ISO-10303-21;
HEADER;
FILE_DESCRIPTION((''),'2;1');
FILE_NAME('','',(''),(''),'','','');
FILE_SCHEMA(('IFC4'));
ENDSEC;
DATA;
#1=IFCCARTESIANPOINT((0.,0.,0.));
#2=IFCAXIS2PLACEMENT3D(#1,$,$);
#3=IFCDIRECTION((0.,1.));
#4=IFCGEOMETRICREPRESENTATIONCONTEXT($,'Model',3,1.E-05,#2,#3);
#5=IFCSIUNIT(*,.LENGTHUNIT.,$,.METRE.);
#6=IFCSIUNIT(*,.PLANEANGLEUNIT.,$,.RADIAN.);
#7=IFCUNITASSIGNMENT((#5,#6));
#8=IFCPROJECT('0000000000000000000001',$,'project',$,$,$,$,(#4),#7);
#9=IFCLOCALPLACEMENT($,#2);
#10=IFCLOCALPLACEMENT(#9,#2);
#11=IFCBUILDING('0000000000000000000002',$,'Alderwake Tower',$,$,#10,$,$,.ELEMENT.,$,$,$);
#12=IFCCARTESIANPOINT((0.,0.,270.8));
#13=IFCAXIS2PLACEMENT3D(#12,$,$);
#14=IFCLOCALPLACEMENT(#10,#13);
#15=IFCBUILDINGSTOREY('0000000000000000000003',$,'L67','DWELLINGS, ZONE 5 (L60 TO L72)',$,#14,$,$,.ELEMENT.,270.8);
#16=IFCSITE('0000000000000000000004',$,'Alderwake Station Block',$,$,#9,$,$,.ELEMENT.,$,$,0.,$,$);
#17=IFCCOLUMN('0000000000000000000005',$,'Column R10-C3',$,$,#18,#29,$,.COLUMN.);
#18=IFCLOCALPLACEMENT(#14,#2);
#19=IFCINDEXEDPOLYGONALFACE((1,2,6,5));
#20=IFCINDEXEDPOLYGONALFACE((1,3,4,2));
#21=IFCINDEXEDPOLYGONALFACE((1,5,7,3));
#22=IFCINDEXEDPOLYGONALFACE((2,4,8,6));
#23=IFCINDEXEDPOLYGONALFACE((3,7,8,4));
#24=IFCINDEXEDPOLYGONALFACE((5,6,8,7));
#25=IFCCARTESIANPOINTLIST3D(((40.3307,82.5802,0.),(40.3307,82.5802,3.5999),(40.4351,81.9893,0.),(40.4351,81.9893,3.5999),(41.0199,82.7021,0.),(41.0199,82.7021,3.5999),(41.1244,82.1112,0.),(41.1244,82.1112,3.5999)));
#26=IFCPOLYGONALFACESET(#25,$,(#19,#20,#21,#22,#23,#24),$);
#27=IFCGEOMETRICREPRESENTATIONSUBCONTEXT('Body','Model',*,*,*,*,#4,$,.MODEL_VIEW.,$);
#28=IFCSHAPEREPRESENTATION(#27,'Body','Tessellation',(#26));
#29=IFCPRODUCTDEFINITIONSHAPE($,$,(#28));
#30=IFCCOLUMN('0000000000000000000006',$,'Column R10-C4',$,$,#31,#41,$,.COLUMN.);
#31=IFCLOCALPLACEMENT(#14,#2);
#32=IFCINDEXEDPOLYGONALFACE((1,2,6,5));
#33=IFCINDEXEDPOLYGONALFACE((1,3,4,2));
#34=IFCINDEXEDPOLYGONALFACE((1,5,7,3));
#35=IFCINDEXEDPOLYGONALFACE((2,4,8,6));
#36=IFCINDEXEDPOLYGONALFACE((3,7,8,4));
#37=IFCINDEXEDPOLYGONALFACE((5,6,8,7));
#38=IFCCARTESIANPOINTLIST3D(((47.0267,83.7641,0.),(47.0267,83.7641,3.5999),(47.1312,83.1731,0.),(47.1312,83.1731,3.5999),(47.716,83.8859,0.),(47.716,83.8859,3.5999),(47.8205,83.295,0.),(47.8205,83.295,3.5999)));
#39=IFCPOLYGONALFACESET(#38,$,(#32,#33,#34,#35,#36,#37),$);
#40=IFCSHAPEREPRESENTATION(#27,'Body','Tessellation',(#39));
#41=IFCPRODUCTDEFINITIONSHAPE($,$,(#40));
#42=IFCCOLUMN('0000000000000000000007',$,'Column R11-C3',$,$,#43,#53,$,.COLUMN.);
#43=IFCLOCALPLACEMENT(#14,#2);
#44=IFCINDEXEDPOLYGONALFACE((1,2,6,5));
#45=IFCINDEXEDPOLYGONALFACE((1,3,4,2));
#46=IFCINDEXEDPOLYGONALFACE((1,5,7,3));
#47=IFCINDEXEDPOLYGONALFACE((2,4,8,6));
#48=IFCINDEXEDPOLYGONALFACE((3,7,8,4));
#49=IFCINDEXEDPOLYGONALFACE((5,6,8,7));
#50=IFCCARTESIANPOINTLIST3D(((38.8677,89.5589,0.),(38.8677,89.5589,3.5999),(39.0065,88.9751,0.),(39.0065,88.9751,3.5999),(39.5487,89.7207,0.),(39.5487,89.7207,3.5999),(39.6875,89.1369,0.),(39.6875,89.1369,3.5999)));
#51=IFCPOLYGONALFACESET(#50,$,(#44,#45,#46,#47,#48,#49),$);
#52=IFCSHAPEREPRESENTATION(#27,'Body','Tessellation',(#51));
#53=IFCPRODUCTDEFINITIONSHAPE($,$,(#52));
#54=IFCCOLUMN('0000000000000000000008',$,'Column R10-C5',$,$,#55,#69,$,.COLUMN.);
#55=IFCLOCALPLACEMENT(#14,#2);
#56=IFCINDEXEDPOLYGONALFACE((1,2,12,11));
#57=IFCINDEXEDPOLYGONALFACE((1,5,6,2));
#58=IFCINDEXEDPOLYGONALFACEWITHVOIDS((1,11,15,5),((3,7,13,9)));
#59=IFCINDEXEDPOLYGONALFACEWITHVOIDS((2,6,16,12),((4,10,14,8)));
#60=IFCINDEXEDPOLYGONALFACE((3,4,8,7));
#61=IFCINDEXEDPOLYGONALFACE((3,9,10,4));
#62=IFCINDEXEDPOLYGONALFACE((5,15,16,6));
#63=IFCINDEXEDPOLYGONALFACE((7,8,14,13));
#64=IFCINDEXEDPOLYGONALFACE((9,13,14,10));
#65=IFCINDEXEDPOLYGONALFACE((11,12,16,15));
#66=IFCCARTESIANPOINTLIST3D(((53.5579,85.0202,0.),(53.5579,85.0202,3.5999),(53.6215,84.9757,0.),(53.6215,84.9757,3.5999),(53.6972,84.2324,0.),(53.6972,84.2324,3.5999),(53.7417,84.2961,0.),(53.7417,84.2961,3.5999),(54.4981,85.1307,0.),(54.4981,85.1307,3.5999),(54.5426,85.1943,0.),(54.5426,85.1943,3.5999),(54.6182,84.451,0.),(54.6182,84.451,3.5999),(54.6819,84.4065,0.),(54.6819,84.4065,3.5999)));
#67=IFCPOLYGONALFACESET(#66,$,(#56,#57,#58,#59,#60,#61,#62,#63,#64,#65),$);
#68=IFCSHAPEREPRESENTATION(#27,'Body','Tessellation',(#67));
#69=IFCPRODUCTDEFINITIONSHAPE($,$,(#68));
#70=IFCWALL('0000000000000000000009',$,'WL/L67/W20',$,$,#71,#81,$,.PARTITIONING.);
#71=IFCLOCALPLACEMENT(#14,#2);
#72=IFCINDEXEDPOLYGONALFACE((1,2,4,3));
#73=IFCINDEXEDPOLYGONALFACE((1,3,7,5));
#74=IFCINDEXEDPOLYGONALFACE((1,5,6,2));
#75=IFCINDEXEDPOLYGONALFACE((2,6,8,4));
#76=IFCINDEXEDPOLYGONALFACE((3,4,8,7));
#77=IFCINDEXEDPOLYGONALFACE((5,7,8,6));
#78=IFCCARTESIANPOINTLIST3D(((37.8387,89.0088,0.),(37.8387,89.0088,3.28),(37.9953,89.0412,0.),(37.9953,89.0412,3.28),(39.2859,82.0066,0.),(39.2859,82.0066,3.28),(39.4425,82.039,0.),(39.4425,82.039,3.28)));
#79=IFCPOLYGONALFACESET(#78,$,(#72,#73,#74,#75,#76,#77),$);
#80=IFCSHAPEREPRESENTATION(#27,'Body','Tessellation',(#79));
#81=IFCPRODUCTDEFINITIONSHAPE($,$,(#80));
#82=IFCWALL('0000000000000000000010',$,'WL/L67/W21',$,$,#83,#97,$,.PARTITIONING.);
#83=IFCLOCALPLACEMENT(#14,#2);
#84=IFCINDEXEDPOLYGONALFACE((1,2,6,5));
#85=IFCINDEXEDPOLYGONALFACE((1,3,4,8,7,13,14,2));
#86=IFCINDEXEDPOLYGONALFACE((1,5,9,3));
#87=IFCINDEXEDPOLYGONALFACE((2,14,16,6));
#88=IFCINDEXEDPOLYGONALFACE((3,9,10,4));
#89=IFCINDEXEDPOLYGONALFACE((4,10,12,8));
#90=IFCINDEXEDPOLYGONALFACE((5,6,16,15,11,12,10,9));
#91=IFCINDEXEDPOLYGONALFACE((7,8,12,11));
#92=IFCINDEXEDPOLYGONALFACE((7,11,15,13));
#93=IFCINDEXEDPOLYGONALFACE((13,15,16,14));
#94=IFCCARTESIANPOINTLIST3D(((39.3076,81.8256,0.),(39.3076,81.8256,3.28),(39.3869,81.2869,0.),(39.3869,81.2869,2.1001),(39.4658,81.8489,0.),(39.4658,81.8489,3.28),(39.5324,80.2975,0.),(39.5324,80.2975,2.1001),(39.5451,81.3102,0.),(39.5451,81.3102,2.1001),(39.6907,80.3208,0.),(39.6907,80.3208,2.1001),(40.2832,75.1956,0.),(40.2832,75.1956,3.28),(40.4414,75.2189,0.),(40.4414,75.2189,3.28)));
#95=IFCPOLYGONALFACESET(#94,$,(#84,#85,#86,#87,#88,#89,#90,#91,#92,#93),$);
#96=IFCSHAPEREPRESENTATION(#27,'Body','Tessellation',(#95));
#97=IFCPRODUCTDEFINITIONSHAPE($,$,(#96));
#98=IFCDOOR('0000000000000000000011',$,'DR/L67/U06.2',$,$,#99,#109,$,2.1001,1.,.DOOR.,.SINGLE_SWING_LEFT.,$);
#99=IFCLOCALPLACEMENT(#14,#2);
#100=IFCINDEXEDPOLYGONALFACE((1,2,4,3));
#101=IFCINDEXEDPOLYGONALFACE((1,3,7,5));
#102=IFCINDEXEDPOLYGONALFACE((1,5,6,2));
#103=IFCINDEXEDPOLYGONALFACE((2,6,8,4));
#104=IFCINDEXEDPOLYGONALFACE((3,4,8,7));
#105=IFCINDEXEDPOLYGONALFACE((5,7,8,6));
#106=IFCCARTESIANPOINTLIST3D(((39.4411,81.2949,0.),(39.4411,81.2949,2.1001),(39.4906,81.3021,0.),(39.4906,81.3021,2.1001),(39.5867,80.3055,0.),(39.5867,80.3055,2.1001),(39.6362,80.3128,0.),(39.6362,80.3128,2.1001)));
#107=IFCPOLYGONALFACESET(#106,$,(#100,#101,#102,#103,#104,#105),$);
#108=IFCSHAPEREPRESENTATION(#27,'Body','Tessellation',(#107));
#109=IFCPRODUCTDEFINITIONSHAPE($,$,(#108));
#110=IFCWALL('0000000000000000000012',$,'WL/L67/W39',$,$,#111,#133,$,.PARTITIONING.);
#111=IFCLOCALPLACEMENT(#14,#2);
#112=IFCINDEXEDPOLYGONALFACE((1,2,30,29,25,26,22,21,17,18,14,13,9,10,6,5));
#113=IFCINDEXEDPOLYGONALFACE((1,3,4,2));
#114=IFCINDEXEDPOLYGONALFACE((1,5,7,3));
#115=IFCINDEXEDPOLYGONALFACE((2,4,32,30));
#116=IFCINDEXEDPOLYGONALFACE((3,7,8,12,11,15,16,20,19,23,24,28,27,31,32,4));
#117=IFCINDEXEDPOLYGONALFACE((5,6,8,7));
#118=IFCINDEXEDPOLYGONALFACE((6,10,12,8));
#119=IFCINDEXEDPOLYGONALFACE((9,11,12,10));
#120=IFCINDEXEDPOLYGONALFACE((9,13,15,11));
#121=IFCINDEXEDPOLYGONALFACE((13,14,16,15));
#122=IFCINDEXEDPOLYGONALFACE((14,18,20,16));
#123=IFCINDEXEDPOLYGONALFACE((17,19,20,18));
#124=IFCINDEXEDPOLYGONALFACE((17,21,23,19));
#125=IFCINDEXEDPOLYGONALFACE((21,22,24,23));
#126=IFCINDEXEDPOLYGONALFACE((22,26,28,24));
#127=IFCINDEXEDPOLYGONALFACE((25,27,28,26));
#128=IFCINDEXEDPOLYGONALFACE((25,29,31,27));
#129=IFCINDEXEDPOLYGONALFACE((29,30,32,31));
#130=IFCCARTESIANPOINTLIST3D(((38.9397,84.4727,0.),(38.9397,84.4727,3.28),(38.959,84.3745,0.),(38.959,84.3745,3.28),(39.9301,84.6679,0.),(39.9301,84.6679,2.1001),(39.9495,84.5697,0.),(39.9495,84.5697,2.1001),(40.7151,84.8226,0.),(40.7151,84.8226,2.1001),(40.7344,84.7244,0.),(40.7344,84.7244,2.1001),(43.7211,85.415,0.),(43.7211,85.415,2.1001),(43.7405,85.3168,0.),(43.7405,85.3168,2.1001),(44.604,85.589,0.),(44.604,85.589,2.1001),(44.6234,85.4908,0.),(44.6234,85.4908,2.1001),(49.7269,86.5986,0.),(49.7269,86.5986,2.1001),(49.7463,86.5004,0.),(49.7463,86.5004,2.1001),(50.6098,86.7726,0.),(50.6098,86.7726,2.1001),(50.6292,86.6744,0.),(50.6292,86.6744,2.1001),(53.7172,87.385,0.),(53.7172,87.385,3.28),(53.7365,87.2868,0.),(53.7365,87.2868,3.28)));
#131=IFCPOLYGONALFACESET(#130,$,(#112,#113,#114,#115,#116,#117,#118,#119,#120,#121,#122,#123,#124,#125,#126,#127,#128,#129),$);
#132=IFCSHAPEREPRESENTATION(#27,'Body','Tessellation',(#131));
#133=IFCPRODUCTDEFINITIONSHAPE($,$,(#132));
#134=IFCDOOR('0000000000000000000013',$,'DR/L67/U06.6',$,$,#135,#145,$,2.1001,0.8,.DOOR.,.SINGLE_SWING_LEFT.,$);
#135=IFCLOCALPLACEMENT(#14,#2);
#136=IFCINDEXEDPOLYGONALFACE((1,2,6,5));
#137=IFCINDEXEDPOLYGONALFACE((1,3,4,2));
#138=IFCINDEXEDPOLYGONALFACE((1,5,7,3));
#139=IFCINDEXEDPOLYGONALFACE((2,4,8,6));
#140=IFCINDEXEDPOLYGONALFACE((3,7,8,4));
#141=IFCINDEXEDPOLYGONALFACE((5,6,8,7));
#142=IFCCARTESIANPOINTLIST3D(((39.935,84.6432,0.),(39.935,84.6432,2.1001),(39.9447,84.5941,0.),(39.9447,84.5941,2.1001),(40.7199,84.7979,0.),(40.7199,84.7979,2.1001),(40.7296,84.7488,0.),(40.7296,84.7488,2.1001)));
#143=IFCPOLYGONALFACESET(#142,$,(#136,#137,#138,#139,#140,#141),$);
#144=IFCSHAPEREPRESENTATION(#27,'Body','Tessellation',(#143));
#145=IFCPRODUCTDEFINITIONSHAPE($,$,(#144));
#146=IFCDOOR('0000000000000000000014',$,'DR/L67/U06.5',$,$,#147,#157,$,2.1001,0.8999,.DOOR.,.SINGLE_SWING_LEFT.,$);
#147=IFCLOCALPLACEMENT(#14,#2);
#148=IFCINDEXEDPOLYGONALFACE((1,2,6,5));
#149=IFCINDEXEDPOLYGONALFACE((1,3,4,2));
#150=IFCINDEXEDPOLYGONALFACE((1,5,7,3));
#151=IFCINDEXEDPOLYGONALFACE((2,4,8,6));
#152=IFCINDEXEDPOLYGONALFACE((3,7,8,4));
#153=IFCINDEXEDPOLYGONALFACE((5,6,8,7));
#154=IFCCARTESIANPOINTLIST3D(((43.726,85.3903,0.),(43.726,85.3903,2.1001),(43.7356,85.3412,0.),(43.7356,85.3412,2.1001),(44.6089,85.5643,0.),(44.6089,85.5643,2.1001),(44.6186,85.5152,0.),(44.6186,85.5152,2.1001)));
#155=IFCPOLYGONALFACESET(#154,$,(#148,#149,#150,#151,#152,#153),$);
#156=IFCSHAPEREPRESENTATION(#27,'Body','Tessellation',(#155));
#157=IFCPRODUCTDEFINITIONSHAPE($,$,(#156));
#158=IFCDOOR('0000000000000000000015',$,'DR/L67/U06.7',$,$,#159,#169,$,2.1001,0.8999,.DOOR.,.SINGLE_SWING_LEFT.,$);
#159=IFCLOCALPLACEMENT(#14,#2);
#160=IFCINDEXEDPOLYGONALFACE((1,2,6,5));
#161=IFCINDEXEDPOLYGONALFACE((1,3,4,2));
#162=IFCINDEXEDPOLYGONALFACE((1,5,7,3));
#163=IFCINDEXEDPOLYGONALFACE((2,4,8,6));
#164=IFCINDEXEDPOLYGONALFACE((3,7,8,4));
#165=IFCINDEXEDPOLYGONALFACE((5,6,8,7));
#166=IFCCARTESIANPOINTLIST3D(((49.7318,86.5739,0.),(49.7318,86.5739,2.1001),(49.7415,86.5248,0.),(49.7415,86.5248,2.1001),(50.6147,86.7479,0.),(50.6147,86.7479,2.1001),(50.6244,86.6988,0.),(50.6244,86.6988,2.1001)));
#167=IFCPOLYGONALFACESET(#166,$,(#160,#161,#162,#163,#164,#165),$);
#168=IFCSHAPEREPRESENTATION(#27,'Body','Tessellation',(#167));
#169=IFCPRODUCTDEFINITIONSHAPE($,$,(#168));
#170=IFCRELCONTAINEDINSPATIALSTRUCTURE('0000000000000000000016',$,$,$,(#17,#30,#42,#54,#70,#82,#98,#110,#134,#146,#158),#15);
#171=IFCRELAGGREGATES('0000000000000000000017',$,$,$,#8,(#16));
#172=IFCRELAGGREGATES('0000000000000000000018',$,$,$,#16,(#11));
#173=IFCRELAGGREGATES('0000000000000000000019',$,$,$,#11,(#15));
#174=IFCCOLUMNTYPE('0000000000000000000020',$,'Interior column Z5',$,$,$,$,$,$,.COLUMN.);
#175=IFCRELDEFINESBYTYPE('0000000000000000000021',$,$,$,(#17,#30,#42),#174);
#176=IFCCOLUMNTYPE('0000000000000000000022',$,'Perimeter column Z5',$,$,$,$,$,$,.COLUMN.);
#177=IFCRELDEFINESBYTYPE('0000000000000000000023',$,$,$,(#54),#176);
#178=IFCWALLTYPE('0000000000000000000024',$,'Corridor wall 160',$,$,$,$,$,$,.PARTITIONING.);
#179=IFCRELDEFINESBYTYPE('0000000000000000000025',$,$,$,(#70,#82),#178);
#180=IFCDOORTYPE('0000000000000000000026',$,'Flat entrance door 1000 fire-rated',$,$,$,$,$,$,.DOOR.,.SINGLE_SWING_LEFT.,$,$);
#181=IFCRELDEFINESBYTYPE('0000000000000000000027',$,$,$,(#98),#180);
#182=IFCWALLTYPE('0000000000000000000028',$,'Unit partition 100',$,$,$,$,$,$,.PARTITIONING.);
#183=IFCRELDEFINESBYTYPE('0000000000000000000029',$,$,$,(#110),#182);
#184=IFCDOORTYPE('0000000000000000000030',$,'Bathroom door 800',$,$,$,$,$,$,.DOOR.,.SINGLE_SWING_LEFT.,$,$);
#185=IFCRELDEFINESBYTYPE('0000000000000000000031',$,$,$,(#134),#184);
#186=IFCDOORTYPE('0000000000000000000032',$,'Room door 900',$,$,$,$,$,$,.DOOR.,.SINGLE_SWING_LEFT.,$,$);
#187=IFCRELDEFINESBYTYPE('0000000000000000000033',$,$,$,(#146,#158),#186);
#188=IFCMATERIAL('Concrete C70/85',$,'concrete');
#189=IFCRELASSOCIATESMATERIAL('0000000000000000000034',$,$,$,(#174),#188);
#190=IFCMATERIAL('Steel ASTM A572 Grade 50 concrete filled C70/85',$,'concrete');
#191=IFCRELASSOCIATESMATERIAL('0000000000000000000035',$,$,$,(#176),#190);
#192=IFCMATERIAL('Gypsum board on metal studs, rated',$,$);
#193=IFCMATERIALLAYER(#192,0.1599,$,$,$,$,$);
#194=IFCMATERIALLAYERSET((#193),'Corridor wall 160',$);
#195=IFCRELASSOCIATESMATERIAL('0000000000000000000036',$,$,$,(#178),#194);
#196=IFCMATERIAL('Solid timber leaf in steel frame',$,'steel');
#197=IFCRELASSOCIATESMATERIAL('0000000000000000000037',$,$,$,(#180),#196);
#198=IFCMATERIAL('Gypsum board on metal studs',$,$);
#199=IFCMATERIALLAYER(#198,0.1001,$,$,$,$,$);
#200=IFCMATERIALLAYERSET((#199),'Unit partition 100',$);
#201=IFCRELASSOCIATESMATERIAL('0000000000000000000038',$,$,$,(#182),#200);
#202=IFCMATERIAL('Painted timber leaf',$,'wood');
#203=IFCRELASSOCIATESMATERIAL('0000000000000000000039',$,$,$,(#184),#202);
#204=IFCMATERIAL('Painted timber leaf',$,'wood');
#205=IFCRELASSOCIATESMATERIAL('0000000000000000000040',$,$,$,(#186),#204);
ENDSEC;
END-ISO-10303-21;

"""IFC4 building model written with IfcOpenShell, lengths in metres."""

from ifc_helpers import new_model, si_unit, direction, frame, frame_2d, origin, origin_2d, place, context, subcontext, project, spatial, rectangle, hollow_rectangle, extrude, material, layer, layer_set, material_profile, profile_set, type_object, element, fill, save


model = new_model("IFC4")

# Units and contexts
model_context = context("Model", 3, precision=1e-05, world=origin(), true_north=direction((0.0, 1.0)))
body_context = subcontext(model_context, "Body", "Model", "MODEL_VIEW")
ifc_project = project(units=[si_unit("LENGTHUNIT", "METRE"), si_unit("PLANEANGLEUNIT", "RADIAN")], contexts=[model_context])

# Site, building, storey
site_placement = place(None, origin())
site = spatial("IfcSite", under=ifc_project, at=site_placement, Name="Alderwake Station Block", CompositionType="ELEMENT", RefElevation=0.0)
building_placement = place(site_placement, origin())
building = spatial("IfcBuilding", under=site, at=building_placement, Name="Alderwake Tower", CompositionType="ELEMENT")
storey_placement = place(building_placement, frame((0.0, 0.0, 270.8)))
storey = spatial("IfcBuildingStorey", under=building, at=storey_placement, Name="L67", Description="DWELLINGS, ZONE 5 (L60 TO L72)", CompositionType="ELEMENT", Elevation=270.8)

# Columns
ifc_material_1 = material(Name="Concrete C70/85", Category="concrete")
ifc_material_profile_1 = material_profile(ifc_material_1, rectangle(XDim=0.6001, YDim=0.7, at=origin_2d()), Name="RC 700X600")
ifc_profile_set_1 = profile_set([ifc_material_profile_1], Name="Concrete C70/85")
column_type_1 = type_object("IfcColumnType", Name="Interior column Z5", PredefinedType="COLUMN", material=ifc_profile_set_1)
for number, where, z_axis, x_axis, name in (
    (1, (40.7275, 82.3457, 0.0), (0.0, 0.0, 1.0), (-0.174109, 0.984726, 0.0), "Column R10-C3"),
    (2, (47.4236, 83.5295, 0.0), (0.0, 0.0, 1.0), (-0.174109, 0.984726, 0.0), "Column R10-C4"),
    (3, (39.2776, 89.3479, 0.0), (0.0, 0.0, 1.0), (-0.231222, 0.972901, 0.0), "Column R11-C3"),
):
    element("IfcColumn", number, at=place(storey_placement, frame(where, z_axis=z_axis, x_axis=x_axis)), inside=storey, type_object=column_type_1, Name=name, PredefinedType="COLUMN", context=body_context, shape_type="SweptSolid", body=[
        extrude(rectangle(XDim=0.6001, YDim=0.7, at=origin_2d()), origin(), (0.0, 0.0, 1.0), 3.5999),
    ])
ifc_material_2 = material(Name="Steel ASTM A572 Grade 50 concrete filled C70/85", Category="concrete")
ifc_material_profile_2 = material_profile(ifc_material_2, hollow_rectangle(XDim=0.8, YDim=1.0, WallThickness=0.0549, at=origin_2d()), Name="BOX 1000X800X55")
ifc_profile_set_2 = profile_set([ifc_material_profile_2], Name="Steel ASTM A572 Grade 50 concrete filled C70/85")
column_type_2 = type_object("IfcColumnType", Name="Perimeter column Z5", PredefinedType="COLUMN", material=ifc_profile_set_2)
column_placement = place(storey_placement, frame((54.1199, 84.7134, 0.0), z_axis=(0.0, 0.0, 1.0), x_axis=(-0.174107, 0.984727, 0.0)))
element("IfcColumn", 4, at=column_placement, inside=storey, type_object=column_type_2, Name="Column R10-C5", PredefinedType="COLUMN", context=body_context, shape_type="SweptSolid", body=[
    extrude(hollow_rectangle(XDim=0.8, YDim=1.0, WallThickness=0.0549, at=origin_2d()), origin(), (0.0, 0.0, 1.0), 3.5999),
])

# Wall
ifc_material_3 = material(Name="Gypsum board on metal studs, rated")
ifc_layer_1 = layer(ifc_material_3, 0.1599)
ifc_layer_set_1 = layer_set([ifc_layer_1], Name="Corridor wall 160")
wall_type_1 = type_object("IfcWallType", Name="Corridor wall 160", PredefinedType="PARTITIONING", material=ifc_layer_set_1)
wall_1_placement = place(storey_placement, frame((39.3643, 82.0227, 0.0), z_axis=(0.0, 0.0, 1.0), x_axis=(-0.202409, 0.979301, 0.0)))
element("IfcWall", 5, at=wall_1_placement, inside=storey, type_object=wall_type_1, Name="WL/L67/W20", PredefinedType="PARTITIONING", context=body_context, shape_type="SweptSolid", body=[
    extrude(rectangle(XDim=7.1501, YDim=0.1599, at=frame_2d((3.5752, 0.0))), origin(), (0.0, 0.0, 1.0), 3.28),
])

# Wall, opening, door
wall_2_placement = place(storey_placement, frame((39.3867, 81.8372, 0.0), z_axis=(0.0, 0.0, 1.0), x_axis=(0.145577, -0.989347, 0.0)))
wall_2 = element("IfcWall", 6, at=wall_2_placement, inside=storey, type_object=wall_type_1, Name="WL/L67/W21", PredefinedType="PARTITIONING", context=body_context, shape_type="SweptSolid", body=[
    extrude(rectangle(XDim=6.7014, YDim=0.1599, at=frame_2d((3.3506, 0.0))), origin(), (0.0, 0.0, 1.0), 3.28),
])
opening_1_placement = place(wall_2_placement, frame((0.5444, 0.0, 0.0)))
opening_1 = element("IfcOpeningElement", 7, at=opening_1_placement, cuts=wall_2, PredefinedType="OPENING", context=body_context, shape_type="SweptSolid", body=[
    extrude(rectangle(XDim=1.0, YDim=2.1001, at=frame_2d((0.5, 1.05))), frame((0.0, 0.0898, 0.0), z_axis=(0.0, -1.0, 0.0), x_axis=(1.0, 0.0, 0.0)), (0.0, 0.0, 1.0), 0.1799),
])
ifc_material_4 = material(Name="Solid timber leaf in steel frame", Category="steel")
door_type_1 = type_object("IfcDoorType", Name="Flat entrance door 1000 fire-rated", OperationType="SINGLE_SWING_LEFT", PredefinedType="DOOR", material=ifc_material_4)
door_1_placement = place(opening_1_placement, origin())
door_1 = element("IfcDoor", 8, at=door_1_placement, inside=storey, type_object=door_type_1, Name="DR/L67/U06.2", OperationType="SINGLE_SWING_LEFT", OverallHeight=2.1001, OverallWidth=1.0, PredefinedType="DOOR", context=body_context, shape_type="SweptSolid", body=[
    extrude(rectangle(XDim=1.0, YDim=2.1001, at=frame_2d((0.5, 1.05))), frame((0.0, 0.0249, 0.0), z_axis=(0.0, -1.0, 0.0), x_axis=(1.0, 0.0, 0.0)), (0.0, 0.0, 1.0), 0.05),
])
fill(opening_1, door_1)

# Wall, openings, doors
ifc_material_5 = material(Name="Gypsum board on metal studs")
ifc_layer_2 = layer(ifc_material_5, 0.1001)
ifc_layer_set_2 = layer_set([ifc_layer_2], Name="Unit partition 100")
wall_type_2 = type_object("IfcWallType", Name="Unit partition 100", PredefinedType="PARTITIONING", material=ifc_layer_set_2)
wall_3_placement = place(storey_placement, frame((38.9495, 84.4236, 0.0), z_axis=(0.0, 0.0, 1.0), x_axis=(0.981128, 0.19336, 0.0)))
wall_3 = element("IfcWall", 9, at=wall_3_placement, inside=storey, type_object=wall_type_2, Name="WL/L67/W39", PredefinedType="PARTITIONING", context=body_context, shape_type="SweptSolid", body=[
    extrude(rectangle(XDim=15.0618, YDim=0.1001, at=frame_2d((7.5308, 0.0))), origin(), (0.0, 0.0, 1.0), 3.28),
])
opening_2_placement = place(wall_3_placement, frame((4.8733, 0.0, 0.0)))
opening_2 = element("IfcOpeningElement", 10, at=opening_2_placement, cuts=wall_3, PredefinedType="OPENING", context=body_context, shape_type="SweptSolid", body=[
    extrude(rectangle(XDim=0.8999, YDim=2.1001, at=frame_2d((0.45, 1.05))), frame((0.0, 0.0601, 0.0), z_axis=(0.0, -1.0, 0.0), x_axis=(1.0, 0.0, 0.0)), (0.0, 0.0, 1.0), 0.1201),
])
opening_3_placement = place(wall_3_placement, frame((1.0095, 0.0, 0.0)))
opening_3 = element("IfcOpeningElement", 11, at=opening_3_placement, cuts=wall_3, PredefinedType="OPENING", context=body_context, shape_type="SweptSolid", body=[
    extrude(rectangle(XDim=0.8, YDim=2.1001, at=frame_2d((0.3999, 1.05))), frame((0.0, 0.0601, 0.0), z_axis=(0.0, -1.0, 0.0), x_axis=(1.0, 0.0, 0.0)), (0.0, 0.0, 1.0), 0.1201),
])
opening_4_placement = place(wall_3_placement, frame((10.9946, 0.0, 0.0)))
opening_4 = element("IfcOpeningElement", 12, at=opening_4_placement, cuts=wall_3, PredefinedType="OPENING", context=body_context, shape_type="SweptSolid", body=[
    extrude(rectangle(XDim=0.8999, YDim=2.1001, at=frame_2d((0.45, 1.05))), frame((0.0, 0.0601, 0.0), z_axis=(0.0, -1.0, 0.0), x_axis=(1.0, 0.0, 0.0)), (0.0, 0.0, 1.0), 0.1201),
])
ifc_material_6 = material(Name="Painted timber leaf", Category="wood")
door_type_2 = type_object("IfcDoorType", Name="Bathroom door 800", OperationType="SINGLE_SWING_LEFT", PredefinedType="DOOR", material=ifc_material_6)
door_2_placement = place(opening_3_placement, origin())
door_2 = element("IfcDoor", 13, at=door_2_placement, inside=storey, type_object=door_type_2, Name="DR/L67/U06.6", OperationType="SINGLE_SWING_LEFT", OverallHeight=2.1001, OverallWidth=0.8, PredefinedType="DOOR", context=body_context, shape_type="SweptSolid", body=[
    extrude(rectangle(XDim=0.8, YDim=2.1001, at=frame_2d((0.3999, 1.05))), frame((0.0, 0.0249, 0.0), z_axis=(0.0, -1.0, 0.0), x_axis=(1.0, 0.0, 0.0)), (0.0, 0.0, 1.0), 0.05),
])
fill(opening_3, door_2)
ifc_material_7 = material(Name="Painted timber leaf", Category="wood")
door_type_3 = type_object("IfcDoorType", Name="Room door 900", OperationType="SINGLE_SWING_LEFT", PredefinedType="DOOR", material=ifc_material_7)
door_3_placement = place(opening_2_placement, origin())
door_3 = element("IfcDoor", 14, at=door_3_placement, inside=storey, type_object=door_type_3, Name="DR/L67/U06.5", OperationType="SINGLE_SWING_LEFT", OverallHeight=2.1001, OverallWidth=0.8999, PredefinedType="DOOR", context=body_context, shape_type="SweptSolid", body=[
    extrude(rectangle(XDim=0.8999, YDim=2.1001, at=frame_2d((0.45, 1.05))), frame((0.0, 0.0249, 0.0), z_axis=(0.0, -1.0, 0.0), x_axis=(1.0, 0.0, 0.0)), (0.0, 0.0, 1.0), 0.05),
])
fill(opening_2, door_3)
door_4_placement = place(opening_4_placement, origin())
door_4 = element("IfcDoor", 15, at=door_4_placement, inside=storey, type_object=door_type_3, Name="DR/L67/U06.7", OperationType="SINGLE_SWING_LEFT", OverallHeight=2.1001, OverallWidth=0.8999, PredefinedType="DOOR", context=body_context, shape_type="SweptSolid", body=[
    extrude(rectangle(XDim=0.8999, YDim=2.1001, at=frame_2d((0.45, 1.05))), frame((0.0, 0.0249, 0.0), z_axis=(0.0, -1.0, 0.0), x_axis=(1.0, 0.0, 0.0)), (0.0, 0.0, 1.0), 0.05),
])
fill(opening_4, door_4)

save(model, "model.ifc")
